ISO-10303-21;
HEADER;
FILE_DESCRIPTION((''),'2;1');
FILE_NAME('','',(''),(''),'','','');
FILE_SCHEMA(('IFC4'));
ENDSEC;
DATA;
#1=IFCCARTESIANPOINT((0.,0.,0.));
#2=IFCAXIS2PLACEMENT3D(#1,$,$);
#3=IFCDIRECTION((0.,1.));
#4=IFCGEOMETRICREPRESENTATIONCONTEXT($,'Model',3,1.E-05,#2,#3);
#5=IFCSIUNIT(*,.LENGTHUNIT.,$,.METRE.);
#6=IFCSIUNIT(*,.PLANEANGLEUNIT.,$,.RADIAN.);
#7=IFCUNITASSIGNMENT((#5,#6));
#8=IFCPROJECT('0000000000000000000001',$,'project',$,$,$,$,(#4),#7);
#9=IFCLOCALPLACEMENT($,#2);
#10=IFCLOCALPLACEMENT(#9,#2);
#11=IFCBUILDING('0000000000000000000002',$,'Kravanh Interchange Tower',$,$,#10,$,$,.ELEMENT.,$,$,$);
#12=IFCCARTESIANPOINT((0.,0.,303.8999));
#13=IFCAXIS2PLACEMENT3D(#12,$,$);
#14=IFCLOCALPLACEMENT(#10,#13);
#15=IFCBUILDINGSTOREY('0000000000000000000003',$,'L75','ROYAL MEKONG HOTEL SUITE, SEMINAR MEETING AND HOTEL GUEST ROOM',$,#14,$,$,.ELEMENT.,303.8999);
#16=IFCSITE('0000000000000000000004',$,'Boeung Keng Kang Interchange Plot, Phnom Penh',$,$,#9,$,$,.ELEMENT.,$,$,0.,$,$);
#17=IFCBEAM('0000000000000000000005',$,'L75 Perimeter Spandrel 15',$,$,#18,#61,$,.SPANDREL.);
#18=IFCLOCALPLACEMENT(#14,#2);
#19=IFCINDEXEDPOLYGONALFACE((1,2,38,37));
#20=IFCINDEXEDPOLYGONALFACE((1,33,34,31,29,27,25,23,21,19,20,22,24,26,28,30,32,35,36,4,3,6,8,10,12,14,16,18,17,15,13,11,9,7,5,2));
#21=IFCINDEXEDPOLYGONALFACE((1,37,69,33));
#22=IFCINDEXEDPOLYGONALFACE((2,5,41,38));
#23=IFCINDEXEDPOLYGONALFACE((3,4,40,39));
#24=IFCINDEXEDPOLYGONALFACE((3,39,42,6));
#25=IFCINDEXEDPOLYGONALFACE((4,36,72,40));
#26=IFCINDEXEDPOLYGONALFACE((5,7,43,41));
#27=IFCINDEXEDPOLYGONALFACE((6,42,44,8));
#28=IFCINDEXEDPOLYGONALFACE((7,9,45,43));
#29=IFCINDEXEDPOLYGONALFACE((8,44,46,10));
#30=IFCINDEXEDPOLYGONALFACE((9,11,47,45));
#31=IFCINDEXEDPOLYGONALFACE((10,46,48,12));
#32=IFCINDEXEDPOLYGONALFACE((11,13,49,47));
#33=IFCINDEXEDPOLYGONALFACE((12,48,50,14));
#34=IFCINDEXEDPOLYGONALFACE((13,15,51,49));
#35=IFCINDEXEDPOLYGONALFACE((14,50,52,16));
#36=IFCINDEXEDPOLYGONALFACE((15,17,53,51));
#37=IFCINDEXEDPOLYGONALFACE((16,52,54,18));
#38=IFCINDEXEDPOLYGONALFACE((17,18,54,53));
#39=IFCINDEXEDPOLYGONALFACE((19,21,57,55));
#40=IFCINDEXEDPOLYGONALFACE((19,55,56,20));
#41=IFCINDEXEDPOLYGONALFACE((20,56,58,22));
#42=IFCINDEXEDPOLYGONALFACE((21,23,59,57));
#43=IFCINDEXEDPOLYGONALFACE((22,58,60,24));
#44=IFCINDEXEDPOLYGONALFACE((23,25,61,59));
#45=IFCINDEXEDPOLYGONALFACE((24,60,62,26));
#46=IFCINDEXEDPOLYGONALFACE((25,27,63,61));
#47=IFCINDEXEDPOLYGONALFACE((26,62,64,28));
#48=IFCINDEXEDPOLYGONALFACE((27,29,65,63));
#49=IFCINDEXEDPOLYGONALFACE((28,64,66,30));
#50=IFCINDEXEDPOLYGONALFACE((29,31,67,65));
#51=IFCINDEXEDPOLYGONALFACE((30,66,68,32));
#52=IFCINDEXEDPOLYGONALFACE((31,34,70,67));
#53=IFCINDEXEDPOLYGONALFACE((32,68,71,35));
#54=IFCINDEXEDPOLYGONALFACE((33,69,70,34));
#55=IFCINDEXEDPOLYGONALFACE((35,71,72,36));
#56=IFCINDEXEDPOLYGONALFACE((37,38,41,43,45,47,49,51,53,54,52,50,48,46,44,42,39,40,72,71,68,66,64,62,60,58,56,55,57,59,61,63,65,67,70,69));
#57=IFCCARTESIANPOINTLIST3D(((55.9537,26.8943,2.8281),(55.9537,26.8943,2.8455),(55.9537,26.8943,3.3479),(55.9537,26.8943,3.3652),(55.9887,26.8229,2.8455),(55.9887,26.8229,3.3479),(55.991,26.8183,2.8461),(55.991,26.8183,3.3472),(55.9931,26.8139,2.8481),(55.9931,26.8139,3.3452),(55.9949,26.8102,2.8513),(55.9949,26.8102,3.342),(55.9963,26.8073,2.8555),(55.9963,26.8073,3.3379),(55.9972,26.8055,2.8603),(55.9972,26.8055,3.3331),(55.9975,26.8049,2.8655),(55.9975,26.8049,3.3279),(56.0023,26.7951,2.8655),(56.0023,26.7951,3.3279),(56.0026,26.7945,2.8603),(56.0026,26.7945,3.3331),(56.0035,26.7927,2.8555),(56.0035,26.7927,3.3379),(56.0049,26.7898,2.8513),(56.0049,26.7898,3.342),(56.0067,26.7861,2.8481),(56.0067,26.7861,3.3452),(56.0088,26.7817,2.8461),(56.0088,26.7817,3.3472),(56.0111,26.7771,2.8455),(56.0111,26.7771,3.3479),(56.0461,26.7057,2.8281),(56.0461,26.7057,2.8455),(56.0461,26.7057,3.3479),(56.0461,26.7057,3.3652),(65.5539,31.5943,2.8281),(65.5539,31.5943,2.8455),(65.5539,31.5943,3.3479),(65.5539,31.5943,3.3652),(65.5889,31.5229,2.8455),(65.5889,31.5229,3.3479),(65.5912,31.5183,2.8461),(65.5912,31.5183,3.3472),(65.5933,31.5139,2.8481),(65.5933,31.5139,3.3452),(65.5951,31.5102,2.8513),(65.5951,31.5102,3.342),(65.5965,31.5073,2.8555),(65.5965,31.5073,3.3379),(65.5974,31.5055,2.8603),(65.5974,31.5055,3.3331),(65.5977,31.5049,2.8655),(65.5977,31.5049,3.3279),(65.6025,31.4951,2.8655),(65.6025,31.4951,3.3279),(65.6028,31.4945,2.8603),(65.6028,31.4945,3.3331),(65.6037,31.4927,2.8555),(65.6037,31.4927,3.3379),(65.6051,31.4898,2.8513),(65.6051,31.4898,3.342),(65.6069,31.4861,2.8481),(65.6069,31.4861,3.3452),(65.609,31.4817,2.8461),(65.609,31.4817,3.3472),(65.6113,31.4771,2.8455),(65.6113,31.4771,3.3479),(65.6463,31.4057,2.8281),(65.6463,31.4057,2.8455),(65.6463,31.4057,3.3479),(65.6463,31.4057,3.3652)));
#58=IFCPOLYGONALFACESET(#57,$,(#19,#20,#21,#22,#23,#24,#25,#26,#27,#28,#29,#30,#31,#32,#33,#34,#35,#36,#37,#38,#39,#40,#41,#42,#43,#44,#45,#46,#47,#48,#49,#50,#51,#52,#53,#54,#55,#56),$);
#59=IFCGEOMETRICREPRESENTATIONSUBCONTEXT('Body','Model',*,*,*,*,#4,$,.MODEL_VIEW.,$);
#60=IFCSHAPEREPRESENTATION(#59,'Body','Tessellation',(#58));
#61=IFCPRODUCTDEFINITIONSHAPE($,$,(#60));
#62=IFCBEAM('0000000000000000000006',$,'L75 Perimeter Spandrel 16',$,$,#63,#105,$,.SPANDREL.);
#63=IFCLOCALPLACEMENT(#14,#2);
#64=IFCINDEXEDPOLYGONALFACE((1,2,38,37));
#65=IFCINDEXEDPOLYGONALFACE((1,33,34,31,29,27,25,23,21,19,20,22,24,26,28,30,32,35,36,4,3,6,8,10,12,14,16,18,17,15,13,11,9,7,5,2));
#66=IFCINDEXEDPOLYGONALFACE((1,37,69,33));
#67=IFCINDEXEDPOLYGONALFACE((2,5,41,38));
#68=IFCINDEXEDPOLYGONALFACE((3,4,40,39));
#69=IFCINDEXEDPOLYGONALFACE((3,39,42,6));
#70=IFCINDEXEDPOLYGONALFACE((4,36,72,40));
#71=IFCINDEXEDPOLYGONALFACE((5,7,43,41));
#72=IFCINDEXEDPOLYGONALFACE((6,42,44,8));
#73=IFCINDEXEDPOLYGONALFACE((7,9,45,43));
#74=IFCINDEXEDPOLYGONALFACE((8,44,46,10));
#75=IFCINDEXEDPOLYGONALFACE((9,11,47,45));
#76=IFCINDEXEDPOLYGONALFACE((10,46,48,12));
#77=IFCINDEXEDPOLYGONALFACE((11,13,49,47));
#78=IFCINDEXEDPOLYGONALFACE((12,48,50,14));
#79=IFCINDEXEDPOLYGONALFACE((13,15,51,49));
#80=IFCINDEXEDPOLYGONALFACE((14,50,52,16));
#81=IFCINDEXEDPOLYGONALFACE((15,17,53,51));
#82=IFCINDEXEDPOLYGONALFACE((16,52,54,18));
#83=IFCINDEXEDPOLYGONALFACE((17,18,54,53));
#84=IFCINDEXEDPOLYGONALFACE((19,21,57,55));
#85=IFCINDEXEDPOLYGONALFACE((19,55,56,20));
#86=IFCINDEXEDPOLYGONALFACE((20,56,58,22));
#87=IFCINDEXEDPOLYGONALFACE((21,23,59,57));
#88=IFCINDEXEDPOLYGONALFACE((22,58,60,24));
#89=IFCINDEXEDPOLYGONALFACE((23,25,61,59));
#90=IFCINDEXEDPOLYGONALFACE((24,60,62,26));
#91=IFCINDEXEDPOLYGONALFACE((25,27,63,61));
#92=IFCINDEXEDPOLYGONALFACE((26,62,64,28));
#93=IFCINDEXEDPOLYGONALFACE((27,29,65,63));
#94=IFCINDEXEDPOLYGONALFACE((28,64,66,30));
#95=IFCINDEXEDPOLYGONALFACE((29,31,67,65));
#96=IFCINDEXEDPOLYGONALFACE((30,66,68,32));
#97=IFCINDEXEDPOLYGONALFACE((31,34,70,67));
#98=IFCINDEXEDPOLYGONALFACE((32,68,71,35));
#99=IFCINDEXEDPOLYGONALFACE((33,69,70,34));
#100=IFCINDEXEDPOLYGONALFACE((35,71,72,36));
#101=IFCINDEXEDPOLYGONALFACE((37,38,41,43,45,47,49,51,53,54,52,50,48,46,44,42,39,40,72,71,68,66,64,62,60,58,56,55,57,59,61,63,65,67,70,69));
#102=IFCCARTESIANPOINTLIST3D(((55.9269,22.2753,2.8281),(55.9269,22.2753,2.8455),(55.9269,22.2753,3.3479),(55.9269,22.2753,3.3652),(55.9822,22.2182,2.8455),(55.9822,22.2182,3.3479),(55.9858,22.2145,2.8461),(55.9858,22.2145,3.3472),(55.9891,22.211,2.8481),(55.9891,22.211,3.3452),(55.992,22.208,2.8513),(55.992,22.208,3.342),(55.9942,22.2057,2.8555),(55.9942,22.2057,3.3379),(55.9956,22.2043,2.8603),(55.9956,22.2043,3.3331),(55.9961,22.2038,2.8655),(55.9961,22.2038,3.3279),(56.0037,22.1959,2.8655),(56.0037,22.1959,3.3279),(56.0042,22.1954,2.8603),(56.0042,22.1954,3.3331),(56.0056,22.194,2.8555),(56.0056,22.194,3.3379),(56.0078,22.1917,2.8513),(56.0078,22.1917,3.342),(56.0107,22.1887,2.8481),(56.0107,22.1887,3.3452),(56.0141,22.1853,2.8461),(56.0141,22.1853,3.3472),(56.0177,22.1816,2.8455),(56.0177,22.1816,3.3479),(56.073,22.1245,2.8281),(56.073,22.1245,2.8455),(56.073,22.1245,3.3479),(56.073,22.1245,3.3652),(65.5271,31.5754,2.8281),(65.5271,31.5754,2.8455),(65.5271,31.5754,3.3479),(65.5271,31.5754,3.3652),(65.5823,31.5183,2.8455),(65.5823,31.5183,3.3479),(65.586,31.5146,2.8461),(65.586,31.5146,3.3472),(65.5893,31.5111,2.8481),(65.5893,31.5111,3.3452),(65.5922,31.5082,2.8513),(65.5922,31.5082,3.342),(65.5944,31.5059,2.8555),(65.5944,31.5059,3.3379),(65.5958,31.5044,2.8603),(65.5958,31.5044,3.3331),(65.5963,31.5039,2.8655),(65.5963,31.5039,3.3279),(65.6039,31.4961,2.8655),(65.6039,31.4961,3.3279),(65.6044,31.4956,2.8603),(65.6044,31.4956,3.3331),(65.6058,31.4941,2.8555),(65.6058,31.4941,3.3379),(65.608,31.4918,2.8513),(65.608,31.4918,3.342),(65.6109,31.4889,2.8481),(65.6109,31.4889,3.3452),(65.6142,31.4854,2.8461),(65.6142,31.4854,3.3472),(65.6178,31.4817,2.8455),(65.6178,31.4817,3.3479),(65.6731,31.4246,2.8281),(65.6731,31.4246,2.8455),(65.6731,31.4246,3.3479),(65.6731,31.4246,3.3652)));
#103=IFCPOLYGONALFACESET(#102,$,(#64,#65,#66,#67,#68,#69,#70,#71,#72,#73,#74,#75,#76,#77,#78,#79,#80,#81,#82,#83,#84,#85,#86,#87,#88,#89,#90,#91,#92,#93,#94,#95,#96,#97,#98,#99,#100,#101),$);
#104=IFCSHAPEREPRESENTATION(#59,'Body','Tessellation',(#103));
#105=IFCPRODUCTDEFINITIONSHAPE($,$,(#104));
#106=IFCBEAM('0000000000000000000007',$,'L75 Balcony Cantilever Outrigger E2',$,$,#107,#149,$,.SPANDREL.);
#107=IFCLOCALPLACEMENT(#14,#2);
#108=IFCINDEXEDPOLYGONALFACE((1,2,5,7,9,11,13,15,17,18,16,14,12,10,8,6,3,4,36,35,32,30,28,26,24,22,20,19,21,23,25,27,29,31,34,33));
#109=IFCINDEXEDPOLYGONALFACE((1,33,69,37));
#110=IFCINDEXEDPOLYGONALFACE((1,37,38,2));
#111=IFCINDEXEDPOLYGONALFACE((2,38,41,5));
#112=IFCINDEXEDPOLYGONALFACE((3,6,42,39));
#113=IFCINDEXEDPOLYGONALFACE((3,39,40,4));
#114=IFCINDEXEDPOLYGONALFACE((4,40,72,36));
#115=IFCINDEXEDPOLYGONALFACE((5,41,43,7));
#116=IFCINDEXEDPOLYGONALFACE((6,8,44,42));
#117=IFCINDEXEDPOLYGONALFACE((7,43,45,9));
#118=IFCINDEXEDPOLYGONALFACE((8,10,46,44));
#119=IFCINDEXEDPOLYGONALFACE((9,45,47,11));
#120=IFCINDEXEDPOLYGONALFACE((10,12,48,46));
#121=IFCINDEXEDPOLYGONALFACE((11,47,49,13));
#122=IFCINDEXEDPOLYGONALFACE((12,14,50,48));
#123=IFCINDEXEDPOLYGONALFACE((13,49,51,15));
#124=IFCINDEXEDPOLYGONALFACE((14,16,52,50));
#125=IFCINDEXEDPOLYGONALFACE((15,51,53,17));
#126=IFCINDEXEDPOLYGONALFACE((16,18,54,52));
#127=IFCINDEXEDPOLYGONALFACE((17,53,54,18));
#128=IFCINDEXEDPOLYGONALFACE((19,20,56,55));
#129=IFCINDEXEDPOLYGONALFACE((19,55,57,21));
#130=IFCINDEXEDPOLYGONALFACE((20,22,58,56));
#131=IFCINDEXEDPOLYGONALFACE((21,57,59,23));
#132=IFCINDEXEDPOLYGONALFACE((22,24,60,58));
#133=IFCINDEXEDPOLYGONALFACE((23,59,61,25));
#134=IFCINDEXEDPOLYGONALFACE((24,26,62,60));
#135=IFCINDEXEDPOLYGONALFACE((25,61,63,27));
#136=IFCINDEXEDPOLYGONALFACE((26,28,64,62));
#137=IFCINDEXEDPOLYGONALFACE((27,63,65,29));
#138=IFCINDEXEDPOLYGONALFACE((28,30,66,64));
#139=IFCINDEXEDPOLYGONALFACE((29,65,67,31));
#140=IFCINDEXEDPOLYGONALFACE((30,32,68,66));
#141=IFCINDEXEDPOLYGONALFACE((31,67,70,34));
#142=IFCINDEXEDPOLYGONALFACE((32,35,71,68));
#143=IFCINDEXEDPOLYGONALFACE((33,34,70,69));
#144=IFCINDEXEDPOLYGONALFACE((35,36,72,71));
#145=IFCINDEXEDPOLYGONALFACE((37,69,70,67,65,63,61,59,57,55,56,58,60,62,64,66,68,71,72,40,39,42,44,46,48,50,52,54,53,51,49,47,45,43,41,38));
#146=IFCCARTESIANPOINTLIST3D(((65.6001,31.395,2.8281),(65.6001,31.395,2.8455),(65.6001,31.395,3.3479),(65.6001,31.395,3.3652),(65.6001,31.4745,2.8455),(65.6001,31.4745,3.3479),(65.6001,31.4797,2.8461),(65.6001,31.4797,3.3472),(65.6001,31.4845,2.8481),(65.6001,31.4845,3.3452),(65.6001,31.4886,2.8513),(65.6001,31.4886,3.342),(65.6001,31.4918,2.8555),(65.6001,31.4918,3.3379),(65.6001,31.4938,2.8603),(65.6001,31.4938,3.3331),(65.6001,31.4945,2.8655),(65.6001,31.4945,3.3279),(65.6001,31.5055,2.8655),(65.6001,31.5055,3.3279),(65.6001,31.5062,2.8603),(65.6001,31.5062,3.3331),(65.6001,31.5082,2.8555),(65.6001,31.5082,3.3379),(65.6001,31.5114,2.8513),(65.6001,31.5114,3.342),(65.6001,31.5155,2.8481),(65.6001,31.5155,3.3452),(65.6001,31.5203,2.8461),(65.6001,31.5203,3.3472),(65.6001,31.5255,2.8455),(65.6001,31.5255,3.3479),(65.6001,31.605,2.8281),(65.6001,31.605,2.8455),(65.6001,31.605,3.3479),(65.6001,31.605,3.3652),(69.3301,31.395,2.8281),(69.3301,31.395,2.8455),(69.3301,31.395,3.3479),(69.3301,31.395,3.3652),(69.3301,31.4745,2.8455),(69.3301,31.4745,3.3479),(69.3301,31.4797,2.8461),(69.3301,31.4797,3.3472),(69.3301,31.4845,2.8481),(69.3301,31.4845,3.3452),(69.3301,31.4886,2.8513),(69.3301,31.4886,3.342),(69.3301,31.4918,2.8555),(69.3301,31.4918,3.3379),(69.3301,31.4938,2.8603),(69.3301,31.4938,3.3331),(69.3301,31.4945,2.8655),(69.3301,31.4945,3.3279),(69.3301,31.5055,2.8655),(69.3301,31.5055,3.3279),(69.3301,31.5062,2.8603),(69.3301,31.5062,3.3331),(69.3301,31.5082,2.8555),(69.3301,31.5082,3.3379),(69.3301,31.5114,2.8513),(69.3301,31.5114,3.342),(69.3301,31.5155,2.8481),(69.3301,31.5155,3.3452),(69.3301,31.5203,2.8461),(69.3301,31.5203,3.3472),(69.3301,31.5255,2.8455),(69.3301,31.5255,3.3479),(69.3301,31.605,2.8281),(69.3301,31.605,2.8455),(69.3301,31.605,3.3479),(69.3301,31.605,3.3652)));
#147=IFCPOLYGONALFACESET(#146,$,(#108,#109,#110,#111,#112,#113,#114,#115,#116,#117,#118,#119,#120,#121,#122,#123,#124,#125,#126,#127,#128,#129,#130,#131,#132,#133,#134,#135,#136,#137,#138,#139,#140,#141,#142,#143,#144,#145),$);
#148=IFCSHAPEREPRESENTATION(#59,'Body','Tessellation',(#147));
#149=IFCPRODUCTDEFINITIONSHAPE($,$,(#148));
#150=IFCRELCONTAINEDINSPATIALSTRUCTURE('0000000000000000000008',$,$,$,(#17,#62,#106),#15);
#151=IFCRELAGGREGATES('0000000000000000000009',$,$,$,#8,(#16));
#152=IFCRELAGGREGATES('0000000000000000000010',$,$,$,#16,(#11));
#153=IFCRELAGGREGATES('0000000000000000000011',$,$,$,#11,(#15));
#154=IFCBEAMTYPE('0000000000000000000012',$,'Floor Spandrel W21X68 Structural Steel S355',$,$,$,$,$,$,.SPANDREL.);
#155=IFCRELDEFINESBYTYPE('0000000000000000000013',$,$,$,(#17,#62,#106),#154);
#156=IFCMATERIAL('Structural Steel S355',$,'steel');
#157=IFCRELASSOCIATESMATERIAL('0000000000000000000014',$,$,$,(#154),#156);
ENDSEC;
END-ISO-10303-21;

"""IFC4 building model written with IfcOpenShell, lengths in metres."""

from ifc_helpers import new_model, si_unit, direction, frame, origin, origin_2d, place, context, subcontext, project, spatial, i_section, extrude, material, material_profile, profile_set, type_object, element, save


model = new_model("IFC4")

# Units and contexts
model_context = context("Model", 3, precision=1e-05, world=origin(), true_north=direction((0.0, 1.0)))
body_context = subcontext(model_context, "Body", "Model", "MODEL_VIEW")
ifc_project = project(units=[si_unit("LENGTHUNIT", "METRE"), si_unit("PLANEANGLEUNIT", "RADIAN")], contexts=[model_context])

# Site, building, storey
site_placement = place(None, origin())
site = spatial("IfcSite", under=ifc_project, at=site_placement, Name="Boeung Keng Kang Interchange Plot, Phnom Penh", CompositionType="ELEMENT", RefElevation=0.0)
building_placement = place(site_placement, origin())
building = spatial("IfcBuilding", under=site, at=building_placement, Name="Kravanh Interchange Tower", CompositionType="ELEMENT")
storey_placement = place(building_placement, frame((0.0, 0.0, 303.8999)))
storey = spatial("IfcBuildingStorey", under=building, at=storey_placement, Name="L75", Description="ROYAL MEKONG HOTEL SUITE, SEMINAR MEETING AND HOTEL GUEST ROOM", CompositionType="ELEMENT", Elevation=303.8999)

# Beams
ifc_material_1 = material(Name="Structural Steel S355", Category="steel")
ifc_material_profile_1 = material_profile(ifc_material_1, i_section(OverallWidth=0.21, OverallDepth=0.5371, WebThickness=0.011, FlangeThickness=0.0173, FilletRadius=0.02, at=origin_2d()), Name="W21X68")
ifc_profile_set_1 = profile_set([ifc_material_profile_1], Name="Structural Steel S355")
beam_type_1 = type_object("IfcBeamType", Name="Floor Spandrel W21X68 Structural Steel S355", PredefinedType="SPANDREL", material=ifc_profile_set_1)
beam_1_placement = place(storey_placement, frame((65.6001, 31.5, 3.0967), z_axis=(-0.898142, -0.439706, 0.0), x_axis=(0.439706, -0.898142, 0.0)))
element("IfcBeam", 1, at=beam_1_placement, inside=storey, type_object=beam_type_1, Name="L75 Perimeter Spandrel 15", PredefinedType="SPANDREL", context=body_context, shape_type="SweptSolid", body=[
    extrude(i_section(OverallWidth=0.21, OverallDepth=0.5371, WebThickness=0.011, FlangeThickness=0.0173, FilletRadius=0.02, at=origin_2d()), origin(), (0.0, 0.0, 1.0), 10.689),
])
beam_2_placement = place(storey_placement, frame((65.6001, 31.5, 3.0967), z_axis=(-0.718242, -0.695793, 0.0), x_axis=(0.695793, -0.718242, 0.0)))
element("IfcBeam", 2, at=beam_2_placement, inside=storey, type_object=beam_type_1, Name="L75 Perimeter Spandrel 16", PredefinedType="SPANDREL", context=body_context, shape_type="SweptSolid", body=[
    extrude(i_section(OverallWidth=0.21, OverallDepth=0.5371, WebThickness=0.011, FlangeThickness=0.0173, FilletRadius=0.02, at=origin_2d()), origin(), (0.0, 0.0, 1.0), 13.3662),
])
beam_3_placement = place(storey_placement, frame((65.6001, 31.5, 3.0967), z_axis=(1.0, 0.0, 0.0), x_axis=(0.0, 1.0, 0.0)))
element("IfcBeam", 3, at=beam_3_placement, inside=storey, type_object=beam_type_1, Name="L75 Balcony Cantilever Outrigger E2", PredefinedType="SPANDREL", context=body_context, shape_type="SweptSolid", body=[
    extrude(i_section(OverallWidth=0.21, OverallDepth=0.5371, WebThickness=0.011, FlangeThickness=0.0173, FilletRadius=0.02, at=origin_2d()), origin(), (0.0, 0.0, 1.0), 3.73),
])

save(model, "model.ifc")
